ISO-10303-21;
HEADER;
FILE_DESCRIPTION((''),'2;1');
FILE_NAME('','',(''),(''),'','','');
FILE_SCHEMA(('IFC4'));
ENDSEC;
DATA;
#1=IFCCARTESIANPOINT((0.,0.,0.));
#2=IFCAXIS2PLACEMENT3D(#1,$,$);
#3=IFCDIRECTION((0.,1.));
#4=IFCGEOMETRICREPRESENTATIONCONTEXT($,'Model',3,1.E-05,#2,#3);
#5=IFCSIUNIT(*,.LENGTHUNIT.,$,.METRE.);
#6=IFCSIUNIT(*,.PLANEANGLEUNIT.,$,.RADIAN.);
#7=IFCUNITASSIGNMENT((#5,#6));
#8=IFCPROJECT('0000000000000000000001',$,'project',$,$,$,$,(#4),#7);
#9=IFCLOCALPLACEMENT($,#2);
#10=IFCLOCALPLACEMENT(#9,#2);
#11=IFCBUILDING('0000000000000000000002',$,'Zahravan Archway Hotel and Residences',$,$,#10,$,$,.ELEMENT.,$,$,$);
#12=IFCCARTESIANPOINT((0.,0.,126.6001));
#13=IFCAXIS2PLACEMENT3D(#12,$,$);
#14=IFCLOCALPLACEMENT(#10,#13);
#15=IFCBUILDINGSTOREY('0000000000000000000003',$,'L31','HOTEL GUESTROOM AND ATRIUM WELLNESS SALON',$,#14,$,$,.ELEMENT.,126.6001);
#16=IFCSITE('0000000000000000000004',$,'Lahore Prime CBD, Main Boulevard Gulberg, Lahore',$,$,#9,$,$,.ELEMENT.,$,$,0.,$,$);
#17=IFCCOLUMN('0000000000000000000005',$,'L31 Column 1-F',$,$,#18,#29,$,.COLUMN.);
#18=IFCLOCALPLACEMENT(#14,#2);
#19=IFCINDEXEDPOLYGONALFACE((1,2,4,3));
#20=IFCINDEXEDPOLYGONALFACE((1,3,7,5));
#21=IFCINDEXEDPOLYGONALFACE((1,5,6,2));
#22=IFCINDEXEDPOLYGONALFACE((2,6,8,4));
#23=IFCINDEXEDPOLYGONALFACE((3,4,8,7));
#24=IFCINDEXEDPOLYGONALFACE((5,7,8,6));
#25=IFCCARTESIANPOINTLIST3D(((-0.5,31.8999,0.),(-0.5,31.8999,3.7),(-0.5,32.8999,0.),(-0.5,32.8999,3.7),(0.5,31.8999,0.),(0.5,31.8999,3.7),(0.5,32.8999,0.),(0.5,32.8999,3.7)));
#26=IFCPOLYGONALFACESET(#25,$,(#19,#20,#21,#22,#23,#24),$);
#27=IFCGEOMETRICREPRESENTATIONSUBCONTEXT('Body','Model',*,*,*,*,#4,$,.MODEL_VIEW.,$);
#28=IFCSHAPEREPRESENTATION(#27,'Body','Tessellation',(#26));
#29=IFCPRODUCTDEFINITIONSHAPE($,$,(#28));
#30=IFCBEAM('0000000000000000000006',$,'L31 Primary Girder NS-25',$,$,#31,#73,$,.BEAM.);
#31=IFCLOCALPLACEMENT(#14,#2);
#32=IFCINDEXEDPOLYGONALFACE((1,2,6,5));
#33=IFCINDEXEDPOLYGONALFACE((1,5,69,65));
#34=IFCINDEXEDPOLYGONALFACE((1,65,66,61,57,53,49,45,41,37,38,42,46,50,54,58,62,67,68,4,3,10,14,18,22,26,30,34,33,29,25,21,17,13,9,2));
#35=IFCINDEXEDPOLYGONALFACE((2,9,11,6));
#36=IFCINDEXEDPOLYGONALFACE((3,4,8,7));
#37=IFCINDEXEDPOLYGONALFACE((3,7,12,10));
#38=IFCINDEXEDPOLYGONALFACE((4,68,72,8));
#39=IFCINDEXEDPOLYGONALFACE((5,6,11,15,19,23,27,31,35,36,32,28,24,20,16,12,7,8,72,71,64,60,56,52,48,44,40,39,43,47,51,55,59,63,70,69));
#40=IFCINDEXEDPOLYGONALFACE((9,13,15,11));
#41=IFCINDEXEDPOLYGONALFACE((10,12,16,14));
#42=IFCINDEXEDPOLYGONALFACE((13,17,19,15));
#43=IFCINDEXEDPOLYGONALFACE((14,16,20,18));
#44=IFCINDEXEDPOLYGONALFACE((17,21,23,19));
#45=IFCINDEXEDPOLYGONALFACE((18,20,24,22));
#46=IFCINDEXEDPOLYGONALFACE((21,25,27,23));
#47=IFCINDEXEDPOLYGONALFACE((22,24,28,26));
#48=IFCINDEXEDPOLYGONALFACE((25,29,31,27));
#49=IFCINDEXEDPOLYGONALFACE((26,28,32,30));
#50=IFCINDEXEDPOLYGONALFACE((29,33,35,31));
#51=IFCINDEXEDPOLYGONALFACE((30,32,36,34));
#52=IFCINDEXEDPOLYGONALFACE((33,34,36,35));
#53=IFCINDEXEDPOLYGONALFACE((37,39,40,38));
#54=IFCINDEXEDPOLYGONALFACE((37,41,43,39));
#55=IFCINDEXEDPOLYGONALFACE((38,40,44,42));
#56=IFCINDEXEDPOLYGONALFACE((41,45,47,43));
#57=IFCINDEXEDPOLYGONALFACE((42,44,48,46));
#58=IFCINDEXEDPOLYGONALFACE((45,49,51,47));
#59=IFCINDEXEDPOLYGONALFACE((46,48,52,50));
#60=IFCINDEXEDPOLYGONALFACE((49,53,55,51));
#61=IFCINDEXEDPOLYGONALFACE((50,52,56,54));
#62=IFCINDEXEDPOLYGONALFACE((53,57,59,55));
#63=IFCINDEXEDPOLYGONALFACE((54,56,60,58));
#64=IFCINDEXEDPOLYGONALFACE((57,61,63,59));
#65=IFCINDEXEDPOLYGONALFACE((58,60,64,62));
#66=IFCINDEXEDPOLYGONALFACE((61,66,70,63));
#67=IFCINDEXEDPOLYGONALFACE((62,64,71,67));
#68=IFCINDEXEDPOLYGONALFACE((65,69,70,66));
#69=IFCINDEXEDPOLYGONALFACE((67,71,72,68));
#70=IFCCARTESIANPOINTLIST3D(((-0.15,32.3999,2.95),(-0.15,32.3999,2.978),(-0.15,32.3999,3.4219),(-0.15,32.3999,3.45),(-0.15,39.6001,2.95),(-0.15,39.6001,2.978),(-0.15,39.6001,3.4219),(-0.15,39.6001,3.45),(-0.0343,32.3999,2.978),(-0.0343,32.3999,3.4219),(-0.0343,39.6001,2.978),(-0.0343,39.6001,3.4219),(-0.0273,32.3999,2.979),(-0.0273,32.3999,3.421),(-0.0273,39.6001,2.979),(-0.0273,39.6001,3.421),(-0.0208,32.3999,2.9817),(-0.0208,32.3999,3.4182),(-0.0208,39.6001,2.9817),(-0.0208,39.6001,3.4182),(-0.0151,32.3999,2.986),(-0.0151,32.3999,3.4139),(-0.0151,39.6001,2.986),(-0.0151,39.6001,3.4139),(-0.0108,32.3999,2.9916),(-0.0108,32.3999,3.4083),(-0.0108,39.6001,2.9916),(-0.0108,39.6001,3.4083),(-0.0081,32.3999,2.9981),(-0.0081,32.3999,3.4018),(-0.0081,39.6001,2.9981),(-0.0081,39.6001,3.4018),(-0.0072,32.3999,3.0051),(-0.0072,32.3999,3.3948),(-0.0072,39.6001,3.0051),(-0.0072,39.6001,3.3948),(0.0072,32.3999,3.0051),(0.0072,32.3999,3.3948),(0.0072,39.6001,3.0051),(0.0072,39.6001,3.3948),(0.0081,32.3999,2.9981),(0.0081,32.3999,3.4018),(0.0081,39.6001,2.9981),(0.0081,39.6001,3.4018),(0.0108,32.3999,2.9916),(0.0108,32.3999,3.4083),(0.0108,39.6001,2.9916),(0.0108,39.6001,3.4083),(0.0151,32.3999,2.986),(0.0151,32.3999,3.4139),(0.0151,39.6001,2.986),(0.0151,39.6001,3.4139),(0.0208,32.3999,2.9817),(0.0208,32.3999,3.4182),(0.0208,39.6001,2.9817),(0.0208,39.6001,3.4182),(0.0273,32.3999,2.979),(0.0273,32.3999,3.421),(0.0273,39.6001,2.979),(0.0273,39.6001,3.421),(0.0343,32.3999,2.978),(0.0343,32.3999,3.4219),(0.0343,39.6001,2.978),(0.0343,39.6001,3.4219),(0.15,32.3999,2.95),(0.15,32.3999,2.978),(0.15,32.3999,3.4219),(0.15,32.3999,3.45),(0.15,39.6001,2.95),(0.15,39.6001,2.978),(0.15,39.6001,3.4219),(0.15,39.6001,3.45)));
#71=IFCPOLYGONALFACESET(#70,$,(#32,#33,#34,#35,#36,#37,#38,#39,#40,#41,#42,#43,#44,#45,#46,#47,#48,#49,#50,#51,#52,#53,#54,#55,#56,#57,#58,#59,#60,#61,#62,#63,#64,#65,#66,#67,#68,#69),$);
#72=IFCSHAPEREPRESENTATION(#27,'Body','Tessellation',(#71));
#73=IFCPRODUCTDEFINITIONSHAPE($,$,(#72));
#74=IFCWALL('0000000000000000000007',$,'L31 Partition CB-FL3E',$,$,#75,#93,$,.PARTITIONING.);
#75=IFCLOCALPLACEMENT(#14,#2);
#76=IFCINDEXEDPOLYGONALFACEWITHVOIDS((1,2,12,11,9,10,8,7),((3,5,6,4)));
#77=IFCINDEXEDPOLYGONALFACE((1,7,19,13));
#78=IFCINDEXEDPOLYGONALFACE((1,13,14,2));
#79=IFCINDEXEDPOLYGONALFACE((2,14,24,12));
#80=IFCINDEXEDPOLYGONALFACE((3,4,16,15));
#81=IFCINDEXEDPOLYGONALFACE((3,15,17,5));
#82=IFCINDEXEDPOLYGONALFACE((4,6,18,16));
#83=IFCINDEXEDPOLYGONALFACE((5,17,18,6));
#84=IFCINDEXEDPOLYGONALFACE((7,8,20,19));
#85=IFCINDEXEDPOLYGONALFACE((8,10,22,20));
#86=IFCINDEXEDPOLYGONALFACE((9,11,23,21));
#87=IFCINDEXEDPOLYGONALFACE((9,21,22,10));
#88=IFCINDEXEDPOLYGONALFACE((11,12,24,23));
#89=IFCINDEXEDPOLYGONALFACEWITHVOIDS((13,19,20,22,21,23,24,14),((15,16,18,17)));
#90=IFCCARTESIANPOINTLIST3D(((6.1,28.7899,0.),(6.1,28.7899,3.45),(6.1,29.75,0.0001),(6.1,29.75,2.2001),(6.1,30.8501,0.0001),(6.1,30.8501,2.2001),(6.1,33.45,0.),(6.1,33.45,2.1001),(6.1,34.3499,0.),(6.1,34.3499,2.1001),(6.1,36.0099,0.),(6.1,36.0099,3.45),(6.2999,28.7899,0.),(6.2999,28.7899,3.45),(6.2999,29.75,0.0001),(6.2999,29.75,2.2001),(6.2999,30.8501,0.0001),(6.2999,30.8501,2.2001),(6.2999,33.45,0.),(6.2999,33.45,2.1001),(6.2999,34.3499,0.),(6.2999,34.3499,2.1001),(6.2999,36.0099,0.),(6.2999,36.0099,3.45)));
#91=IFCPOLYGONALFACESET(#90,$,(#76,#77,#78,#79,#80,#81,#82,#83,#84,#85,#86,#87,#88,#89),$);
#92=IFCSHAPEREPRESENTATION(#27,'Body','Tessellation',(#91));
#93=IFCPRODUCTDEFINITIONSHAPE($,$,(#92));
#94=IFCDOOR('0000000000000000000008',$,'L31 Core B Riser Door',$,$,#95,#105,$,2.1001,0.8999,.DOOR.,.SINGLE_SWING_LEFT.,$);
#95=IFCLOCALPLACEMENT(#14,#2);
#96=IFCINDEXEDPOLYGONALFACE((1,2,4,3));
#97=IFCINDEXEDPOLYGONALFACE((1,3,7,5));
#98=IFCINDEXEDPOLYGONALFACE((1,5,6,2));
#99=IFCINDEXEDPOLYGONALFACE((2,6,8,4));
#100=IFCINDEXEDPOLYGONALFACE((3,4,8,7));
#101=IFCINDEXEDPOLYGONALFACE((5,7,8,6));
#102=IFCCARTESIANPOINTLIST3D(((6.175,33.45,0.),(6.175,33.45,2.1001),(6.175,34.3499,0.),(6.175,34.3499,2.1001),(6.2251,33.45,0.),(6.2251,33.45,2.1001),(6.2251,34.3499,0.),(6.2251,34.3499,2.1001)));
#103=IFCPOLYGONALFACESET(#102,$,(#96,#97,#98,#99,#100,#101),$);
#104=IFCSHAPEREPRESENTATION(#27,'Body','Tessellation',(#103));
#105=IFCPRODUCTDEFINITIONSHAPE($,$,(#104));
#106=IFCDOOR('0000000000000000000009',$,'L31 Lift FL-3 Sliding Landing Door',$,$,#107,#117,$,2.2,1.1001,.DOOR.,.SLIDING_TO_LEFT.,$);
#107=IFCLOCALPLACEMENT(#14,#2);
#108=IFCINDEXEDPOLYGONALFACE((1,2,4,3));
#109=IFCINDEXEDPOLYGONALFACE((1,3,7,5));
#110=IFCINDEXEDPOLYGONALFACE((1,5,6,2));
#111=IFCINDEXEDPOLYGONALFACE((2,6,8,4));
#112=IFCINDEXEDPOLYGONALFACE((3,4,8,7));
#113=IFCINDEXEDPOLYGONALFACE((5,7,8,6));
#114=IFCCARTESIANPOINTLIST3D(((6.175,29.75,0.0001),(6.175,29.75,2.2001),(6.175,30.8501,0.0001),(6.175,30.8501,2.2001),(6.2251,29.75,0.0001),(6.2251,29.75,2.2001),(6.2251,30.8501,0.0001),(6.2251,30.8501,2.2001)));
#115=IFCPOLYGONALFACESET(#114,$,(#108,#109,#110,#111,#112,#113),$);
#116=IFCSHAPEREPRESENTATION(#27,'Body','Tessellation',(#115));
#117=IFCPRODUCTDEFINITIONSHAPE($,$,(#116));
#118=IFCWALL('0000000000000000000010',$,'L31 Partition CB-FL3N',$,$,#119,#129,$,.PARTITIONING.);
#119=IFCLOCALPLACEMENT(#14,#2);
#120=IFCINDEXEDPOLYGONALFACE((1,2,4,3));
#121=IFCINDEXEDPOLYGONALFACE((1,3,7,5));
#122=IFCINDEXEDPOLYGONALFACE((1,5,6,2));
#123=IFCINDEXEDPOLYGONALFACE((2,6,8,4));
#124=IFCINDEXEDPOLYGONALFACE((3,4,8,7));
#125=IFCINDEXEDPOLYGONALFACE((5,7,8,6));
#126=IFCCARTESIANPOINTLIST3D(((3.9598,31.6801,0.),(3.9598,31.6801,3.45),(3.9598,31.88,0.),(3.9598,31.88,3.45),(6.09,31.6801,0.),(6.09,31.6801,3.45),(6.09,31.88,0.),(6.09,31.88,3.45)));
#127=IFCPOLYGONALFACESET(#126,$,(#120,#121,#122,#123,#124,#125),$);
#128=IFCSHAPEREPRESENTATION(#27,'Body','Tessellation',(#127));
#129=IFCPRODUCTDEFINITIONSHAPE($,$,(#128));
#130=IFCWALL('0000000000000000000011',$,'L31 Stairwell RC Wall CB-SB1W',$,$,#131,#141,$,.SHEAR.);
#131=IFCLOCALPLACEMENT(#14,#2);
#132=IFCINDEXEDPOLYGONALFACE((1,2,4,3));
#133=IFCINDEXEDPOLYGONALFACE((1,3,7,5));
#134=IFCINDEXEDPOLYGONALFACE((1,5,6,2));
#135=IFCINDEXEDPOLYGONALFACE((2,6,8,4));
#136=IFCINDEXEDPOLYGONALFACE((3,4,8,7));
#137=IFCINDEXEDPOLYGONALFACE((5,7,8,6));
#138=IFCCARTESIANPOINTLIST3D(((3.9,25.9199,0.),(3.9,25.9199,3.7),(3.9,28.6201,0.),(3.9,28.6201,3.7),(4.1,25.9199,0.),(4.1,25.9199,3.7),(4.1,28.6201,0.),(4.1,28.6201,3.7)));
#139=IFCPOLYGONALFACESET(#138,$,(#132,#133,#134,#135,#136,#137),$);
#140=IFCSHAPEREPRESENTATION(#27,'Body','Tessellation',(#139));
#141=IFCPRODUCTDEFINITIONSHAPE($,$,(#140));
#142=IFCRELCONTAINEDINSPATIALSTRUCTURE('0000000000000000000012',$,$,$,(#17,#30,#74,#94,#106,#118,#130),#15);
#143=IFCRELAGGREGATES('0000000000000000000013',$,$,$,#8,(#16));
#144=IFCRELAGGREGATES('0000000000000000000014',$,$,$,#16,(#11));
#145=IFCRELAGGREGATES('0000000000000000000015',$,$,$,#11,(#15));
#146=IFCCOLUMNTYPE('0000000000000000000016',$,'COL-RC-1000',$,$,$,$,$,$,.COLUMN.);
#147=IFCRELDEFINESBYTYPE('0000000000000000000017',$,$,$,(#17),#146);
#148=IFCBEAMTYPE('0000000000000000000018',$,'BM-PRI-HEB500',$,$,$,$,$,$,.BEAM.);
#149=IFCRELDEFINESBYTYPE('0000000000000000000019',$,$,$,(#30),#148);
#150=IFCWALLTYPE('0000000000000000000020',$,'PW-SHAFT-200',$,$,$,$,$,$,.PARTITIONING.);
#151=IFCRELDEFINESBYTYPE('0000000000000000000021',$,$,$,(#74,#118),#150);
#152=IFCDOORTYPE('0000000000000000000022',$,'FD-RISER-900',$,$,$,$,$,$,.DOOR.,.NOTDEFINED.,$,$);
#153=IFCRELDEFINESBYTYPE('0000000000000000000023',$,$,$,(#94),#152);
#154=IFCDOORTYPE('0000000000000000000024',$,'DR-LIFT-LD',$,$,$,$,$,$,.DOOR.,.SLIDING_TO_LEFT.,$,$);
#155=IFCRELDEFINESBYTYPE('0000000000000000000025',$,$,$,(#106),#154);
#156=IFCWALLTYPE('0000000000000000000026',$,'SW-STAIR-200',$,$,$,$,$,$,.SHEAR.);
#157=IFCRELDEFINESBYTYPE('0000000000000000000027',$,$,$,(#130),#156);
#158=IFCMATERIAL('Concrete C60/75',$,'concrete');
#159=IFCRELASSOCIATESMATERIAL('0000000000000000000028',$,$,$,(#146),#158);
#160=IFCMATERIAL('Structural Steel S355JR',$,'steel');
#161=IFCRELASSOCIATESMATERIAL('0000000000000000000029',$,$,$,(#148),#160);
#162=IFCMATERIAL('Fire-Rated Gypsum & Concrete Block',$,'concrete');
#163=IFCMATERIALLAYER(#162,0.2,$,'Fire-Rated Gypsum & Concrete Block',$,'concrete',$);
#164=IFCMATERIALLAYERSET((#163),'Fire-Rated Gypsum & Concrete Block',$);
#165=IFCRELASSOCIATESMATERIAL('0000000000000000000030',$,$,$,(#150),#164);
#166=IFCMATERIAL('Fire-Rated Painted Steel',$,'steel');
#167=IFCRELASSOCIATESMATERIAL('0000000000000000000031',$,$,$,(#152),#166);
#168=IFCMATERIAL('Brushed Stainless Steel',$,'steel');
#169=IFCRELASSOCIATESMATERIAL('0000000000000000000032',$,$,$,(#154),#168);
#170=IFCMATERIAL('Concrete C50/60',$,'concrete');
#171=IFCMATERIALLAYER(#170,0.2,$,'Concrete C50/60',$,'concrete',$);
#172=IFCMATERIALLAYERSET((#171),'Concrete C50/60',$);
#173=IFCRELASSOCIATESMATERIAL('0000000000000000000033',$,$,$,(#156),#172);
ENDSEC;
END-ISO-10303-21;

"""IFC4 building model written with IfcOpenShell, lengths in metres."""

from ifc_helpers import new_model, si_unit, direction, frame, frame_2d, origin, origin_2d, place, context, subcontext, project, spatial, rectangle, i_section, extrude, source, transform, mapped, material, layer, layer_set, material_profile, profile_set, type_object, type_shapes, element, fill, save


model = new_model("IFC4")

# Units and contexts
model_context = context("Model", 3, precision=1e-05, world=origin(), true_north=direction((0.0, 1.0)))
body_context = subcontext(model_context, "Body", "Model", "MODEL_VIEW")
ifc_project = project(units=[si_unit("LENGTHUNIT", "METRE"), si_unit("PLANEANGLEUNIT", "RADIAN")], contexts=[model_context])

# Site, building, storey
site_placement = place(None, origin())
site = spatial("IfcSite", under=ifc_project, at=site_placement, Name="Lahore Prime CBD, Main Boulevard Gulberg, Lahore", CompositionType="ELEMENT", RefElevation=0.0)
building_placement = place(site_placement, origin())
building = spatial("IfcBuilding", under=site, at=building_placement, Name="Zahravan Archway Hotel and Residences", CompositionType="ELEMENT")
storey_placement = place(building_placement, frame((0.0, 0.0, 126.6001)))
storey = spatial("IfcBuildingStorey", under=building, at=storey_placement, Name="L31", Description="HOTEL GUESTROOM AND ATRIUM WELLNESS SALON", CompositionType="ELEMENT", Elevation=126.6001)

# Column
ifc_material_1 = material(Name="Concrete C60/75", Category="concrete")
ifc_material_profile_1 = material_profile(ifc_material_1, rectangle(XDim=1.0, YDim=1.0, at=origin_2d()), Name="RC-COL-1000x1000", Category="concrete")
ifc_profile_set_1 = profile_set([ifc_material_profile_1], Name="Concrete C60/75")
column_type = type_object("IfcColumnType", Name="COL-RC-1000", PredefinedType="COLUMN", material=ifc_profile_set_1)
shared_shape_1 = source(origin(), body_context, "Body", "SweptSolid", [
    extrude(rectangle(XDim=1.0, YDim=1.0, at=origin_2d()), origin(), (0.0, 0.0, 1.0), 3.7),
])
type_shapes(column_type, [shared_shape_1])
column_placement = place(storey_placement, frame((0.0, 32.3999, 0.0), z_axis=(0.0, 0.0, 1.0), x_axis=(1.0, 0.0, 0.0)))
element("IfcColumn", 1, at=column_placement, inside=storey, type_object=column_type, Name="L31 Column 1-F", PredefinedType="COLUMN", context=body_context, shape_type="MappedRepresentation", body=[
    mapped(shared_shape_1, transform((0.0, 0.0, 0.0), scale=1.0)),
])

# Beam
ifc_material_2 = material(Name="Structural Steel S355JR", Category="steel")
ifc_material_profile_2 = material_profile(ifc_material_2, i_section(OverallWidth=0.3, OverallDepth=0.5, WebThickness=0.0144, FlangeThickness=0.0281, FilletRadius=0.0271, at=origin_2d()), Name="HEB 500", Category="steel")
ifc_profile_set_2 = profile_set([ifc_material_profile_2], Name="Structural Steel S355JR")
beam_type = type_object("IfcBeamType", Name="BM-PRI-HEB500", PredefinedType="BEAM", material=ifc_profile_set_2)
shared_shape_2 = source(origin(), body_context, "Body", "SweptSolid", [
    extrude(i_section(OverallWidth=0.3, OverallDepth=0.5, WebThickness=0.0144, FlangeThickness=0.0281, FilletRadius=0.0271, at=origin_2d()), origin(), (0.0, 0.0, 1.0), 7.2002),
])
type_shapes(beam_type, [shared_shape_2])
beam_placement = place(storey_placement, frame((0.0, 32.3999, 3.2), z_axis=(0.0, 1.0, 0.0), x_axis=(-1.0, 0.0, 0.0)))
element("IfcBeam", 2, at=beam_placement, inside=storey, type_object=beam_type, Name="L31 Primary Girder NS-25", PredefinedType="BEAM", context=body_context, shape_type="MappedRepresentation", body=[
    mapped(shared_shape_2, transform((0.0, 0.0, 0.0), scale=1.0)),
])

# Wall, openings, doors
ifc_material_3 = material(Name="Fire-Rated Gypsum & Concrete Block", Category="concrete")
ifc_layer_1 = layer(ifc_material_3, 0.2, Name="Fire-Rated Gypsum & Concrete Block", Category="concrete")
ifc_layer_set_1 = layer_set([ifc_layer_1], Name="Fire-Rated Gypsum & Concrete Block")
wall_type_1 = type_object("IfcWallType", Name="PW-SHAFT-200", PredefinedType="PARTITIONING", material=ifc_layer_set_1)
wall_1_placement = place(storey_placement, frame((6.2, 28.79, 0.0), z_axis=(0.0, 0.0, 1.0), x_axis=(0.0, 1.0, 0.0)))
wall_1 = element("IfcWall", 3, at=wall_1_placement, inside=storey, type_object=wall_type_1, Name="L31 Partition CB-FL3E", PredefinedType="PARTITIONING", context=body_context, shape_type="SweptSolid", body=[
    extrude(rectangle(XDim=7.22, YDim=0.2, at=frame_2d((3.6099, 0.0))), origin(), (0.0, 0.0, 1.0), 3.45),
])
opening_1_placement = place(wall_1_placement, frame((4.6599, 0.0, 0.0)))
opening_1 = element("IfcOpeningElement", 4, at=opening_1_placement, cuts=wall_1, PredefinedType="OPENING", context=body_context, shape_type="SweptSolid", body=[
    extrude(rectangle(XDim=0.8999, YDim=2.1001, at=frame_2d((0.45, 1.05))), frame((0.0, 0.1099, 0.0), z_axis=(0.0, -1.0, 0.0), x_axis=(1.0, 0.0, 0.0)), (0.0, 0.0, 1.0), 0.22),
])
opening_2_placement = place(wall_1_placement, frame((0.96, 0.0, 0.0)))
opening_2 = element("IfcOpeningElement", 5, at=opening_2_placement, cuts=wall_1, PredefinedType="OPENING", context=body_context, shape_type="SweptSolid", body=[
    extrude(rectangle(XDim=1.1001, YDim=2.2, at=frame_2d((0.55, 1.1001))), frame((0.0, 0.1099, 0.0), z_axis=(0.0, -1.0, 0.0), x_axis=(1.0, 0.0, 0.0)), (0.0, 0.0, 1.0), 0.22),
])
ifc_material_4 = material(Name="Fire-Rated Painted Steel", Category="steel")
door_type_1 = type_object("IfcDoorType", Name="FD-RISER-900", OperationType="NOTDEFINED", PredefinedType="DOOR", material=ifc_material_4)
shared_shape_3 = source(origin(), body_context, "Body", "SweptSolid", [
    extrude(rectangle(XDim=0.8999, YDim=2.1001, at=frame_2d((0.45, 1.05))), frame((0.0, 0.0249, 0.0), z_axis=(0.0, -1.0, 0.0), x_axis=(1.0, 0.0, 0.0)), (0.0, 0.0, 1.0), 0.05),
])
type_shapes(door_type_1, [shared_shape_3])
door_1_placement = place(opening_1_placement, origin())
door_1 = element("IfcDoor", 6, at=door_1_placement, inside=storey, type_object=door_type_1, Name="L31 Core B Riser Door", OperationType="SINGLE_SWING_LEFT", OverallHeight=2.1001, OverallWidth=0.8999, PredefinedType="DOOR", context=body_context, shape_type="MappedRepresentation", body=[
    mapped(shared_shape_3, transform((0.0, 0.0, 0.0), scale=1.0)),
])
fill(opening_1, door_1)
ifc_material_5 = material(Name="Brushed Stainless Steel", Category="steel")
door_type_2 = type_object("IfcDoorType", Name="DR-LIFT-LD", OperationType="SLIDING_TO_LEFT", PredefinedType="DOOR", material=ifc_material_5)
shared_shape_4 = source(origin(), body_context, "Body", "SweptSolid", [
    extrude(rectangle(XDim=1.1001, YDim=2.2, at=frame_2d((0.55, 1.1001))), frame((0.0, 0.0249, 0.0), z_axis=(0.0, -1.0, 0.0), x_axis=(1.0, 0.0, 0.0)), (0.0, 0.0, 1.0), 0.05),
])
type_shapes(door_type_2, [shared_shape_4])
door_2_placement = place(opening_2_placement, origin())
door_2 = element("IfcDoor", 7, at=door_2_placement, inside=storey, type_object=door_type_2, Name="L31 Lift FL-3 Sliding Landing Door", OperationType="SLIDING_TO_LEFT", OverallHeight=2.2, OverallWidth=1.1001, PredefinedType="DOOR", context=body_context, shape_type="MappedRepresentation", body=[
    mapped(shared_shape_4, transform((0.0, 0.0, 0.0), scale=1.0)),
])
fill(opening_2, door_2)

# Walls
wall_2_placement = place(storey_placement, frame((3.96, 31.78, 0.0), z_axis=(0.0, 0.0, 1.0), x_axis=(1.0, 0.0, 0.0)))
element("IfcWall", 8, at=wall_2_placement, inside=storey, type_object=wall_type_1, Name="L31 Partition CB-FL3N", PredefinedType="PARTITIONING", context=body_context, shape_type="SweptSolid", body=[
    extrude(rectangle(XDim=2.1301, YDim=0.2, at=frame_2d((1.0649, 0.0))), origin(), (0.0, 0.0, 1.0), 3.45),
])
ifc_material_6 = material(Name="Concrete C50/60", Category="concrete")
ifc_layer_2 = layer(ifc_material_6, 0.2, Name="Concrete C50/60", Category="concrete")
ifc_layer_set_2 = layer_set([ifc_layer_2], Name="Concrete C50/60")
wall_type_2 = type_object("IfcWallType", Name="SW-STAIR-200", PredefinedType="SHEAR", material=ifc_layer_set_2)
wall_3_placement = place(storey_placement, frame((4.0, 25.9199, 0.0), z_axis=(0.0, 0.0, 1.0), x_axis=(0.0, 1.0, 0.0)))
element("IfcWall", 9, at=wall_3_placement, inside=storey, type_object=wall_type_2, Name="L31 Stairwell RC Wall CB-SB1W", PredefinedType="SHEAR", context=body_context, shape_type="SweptSolid", body=[
    extrude(rectangle(XDim=2.7002, YDim=0.2, at=frame_2d((1.3501, 0.0))), origin(), (0.0, 0.0, 1.0), 3.7),
])

save(model, "model.ifc")
